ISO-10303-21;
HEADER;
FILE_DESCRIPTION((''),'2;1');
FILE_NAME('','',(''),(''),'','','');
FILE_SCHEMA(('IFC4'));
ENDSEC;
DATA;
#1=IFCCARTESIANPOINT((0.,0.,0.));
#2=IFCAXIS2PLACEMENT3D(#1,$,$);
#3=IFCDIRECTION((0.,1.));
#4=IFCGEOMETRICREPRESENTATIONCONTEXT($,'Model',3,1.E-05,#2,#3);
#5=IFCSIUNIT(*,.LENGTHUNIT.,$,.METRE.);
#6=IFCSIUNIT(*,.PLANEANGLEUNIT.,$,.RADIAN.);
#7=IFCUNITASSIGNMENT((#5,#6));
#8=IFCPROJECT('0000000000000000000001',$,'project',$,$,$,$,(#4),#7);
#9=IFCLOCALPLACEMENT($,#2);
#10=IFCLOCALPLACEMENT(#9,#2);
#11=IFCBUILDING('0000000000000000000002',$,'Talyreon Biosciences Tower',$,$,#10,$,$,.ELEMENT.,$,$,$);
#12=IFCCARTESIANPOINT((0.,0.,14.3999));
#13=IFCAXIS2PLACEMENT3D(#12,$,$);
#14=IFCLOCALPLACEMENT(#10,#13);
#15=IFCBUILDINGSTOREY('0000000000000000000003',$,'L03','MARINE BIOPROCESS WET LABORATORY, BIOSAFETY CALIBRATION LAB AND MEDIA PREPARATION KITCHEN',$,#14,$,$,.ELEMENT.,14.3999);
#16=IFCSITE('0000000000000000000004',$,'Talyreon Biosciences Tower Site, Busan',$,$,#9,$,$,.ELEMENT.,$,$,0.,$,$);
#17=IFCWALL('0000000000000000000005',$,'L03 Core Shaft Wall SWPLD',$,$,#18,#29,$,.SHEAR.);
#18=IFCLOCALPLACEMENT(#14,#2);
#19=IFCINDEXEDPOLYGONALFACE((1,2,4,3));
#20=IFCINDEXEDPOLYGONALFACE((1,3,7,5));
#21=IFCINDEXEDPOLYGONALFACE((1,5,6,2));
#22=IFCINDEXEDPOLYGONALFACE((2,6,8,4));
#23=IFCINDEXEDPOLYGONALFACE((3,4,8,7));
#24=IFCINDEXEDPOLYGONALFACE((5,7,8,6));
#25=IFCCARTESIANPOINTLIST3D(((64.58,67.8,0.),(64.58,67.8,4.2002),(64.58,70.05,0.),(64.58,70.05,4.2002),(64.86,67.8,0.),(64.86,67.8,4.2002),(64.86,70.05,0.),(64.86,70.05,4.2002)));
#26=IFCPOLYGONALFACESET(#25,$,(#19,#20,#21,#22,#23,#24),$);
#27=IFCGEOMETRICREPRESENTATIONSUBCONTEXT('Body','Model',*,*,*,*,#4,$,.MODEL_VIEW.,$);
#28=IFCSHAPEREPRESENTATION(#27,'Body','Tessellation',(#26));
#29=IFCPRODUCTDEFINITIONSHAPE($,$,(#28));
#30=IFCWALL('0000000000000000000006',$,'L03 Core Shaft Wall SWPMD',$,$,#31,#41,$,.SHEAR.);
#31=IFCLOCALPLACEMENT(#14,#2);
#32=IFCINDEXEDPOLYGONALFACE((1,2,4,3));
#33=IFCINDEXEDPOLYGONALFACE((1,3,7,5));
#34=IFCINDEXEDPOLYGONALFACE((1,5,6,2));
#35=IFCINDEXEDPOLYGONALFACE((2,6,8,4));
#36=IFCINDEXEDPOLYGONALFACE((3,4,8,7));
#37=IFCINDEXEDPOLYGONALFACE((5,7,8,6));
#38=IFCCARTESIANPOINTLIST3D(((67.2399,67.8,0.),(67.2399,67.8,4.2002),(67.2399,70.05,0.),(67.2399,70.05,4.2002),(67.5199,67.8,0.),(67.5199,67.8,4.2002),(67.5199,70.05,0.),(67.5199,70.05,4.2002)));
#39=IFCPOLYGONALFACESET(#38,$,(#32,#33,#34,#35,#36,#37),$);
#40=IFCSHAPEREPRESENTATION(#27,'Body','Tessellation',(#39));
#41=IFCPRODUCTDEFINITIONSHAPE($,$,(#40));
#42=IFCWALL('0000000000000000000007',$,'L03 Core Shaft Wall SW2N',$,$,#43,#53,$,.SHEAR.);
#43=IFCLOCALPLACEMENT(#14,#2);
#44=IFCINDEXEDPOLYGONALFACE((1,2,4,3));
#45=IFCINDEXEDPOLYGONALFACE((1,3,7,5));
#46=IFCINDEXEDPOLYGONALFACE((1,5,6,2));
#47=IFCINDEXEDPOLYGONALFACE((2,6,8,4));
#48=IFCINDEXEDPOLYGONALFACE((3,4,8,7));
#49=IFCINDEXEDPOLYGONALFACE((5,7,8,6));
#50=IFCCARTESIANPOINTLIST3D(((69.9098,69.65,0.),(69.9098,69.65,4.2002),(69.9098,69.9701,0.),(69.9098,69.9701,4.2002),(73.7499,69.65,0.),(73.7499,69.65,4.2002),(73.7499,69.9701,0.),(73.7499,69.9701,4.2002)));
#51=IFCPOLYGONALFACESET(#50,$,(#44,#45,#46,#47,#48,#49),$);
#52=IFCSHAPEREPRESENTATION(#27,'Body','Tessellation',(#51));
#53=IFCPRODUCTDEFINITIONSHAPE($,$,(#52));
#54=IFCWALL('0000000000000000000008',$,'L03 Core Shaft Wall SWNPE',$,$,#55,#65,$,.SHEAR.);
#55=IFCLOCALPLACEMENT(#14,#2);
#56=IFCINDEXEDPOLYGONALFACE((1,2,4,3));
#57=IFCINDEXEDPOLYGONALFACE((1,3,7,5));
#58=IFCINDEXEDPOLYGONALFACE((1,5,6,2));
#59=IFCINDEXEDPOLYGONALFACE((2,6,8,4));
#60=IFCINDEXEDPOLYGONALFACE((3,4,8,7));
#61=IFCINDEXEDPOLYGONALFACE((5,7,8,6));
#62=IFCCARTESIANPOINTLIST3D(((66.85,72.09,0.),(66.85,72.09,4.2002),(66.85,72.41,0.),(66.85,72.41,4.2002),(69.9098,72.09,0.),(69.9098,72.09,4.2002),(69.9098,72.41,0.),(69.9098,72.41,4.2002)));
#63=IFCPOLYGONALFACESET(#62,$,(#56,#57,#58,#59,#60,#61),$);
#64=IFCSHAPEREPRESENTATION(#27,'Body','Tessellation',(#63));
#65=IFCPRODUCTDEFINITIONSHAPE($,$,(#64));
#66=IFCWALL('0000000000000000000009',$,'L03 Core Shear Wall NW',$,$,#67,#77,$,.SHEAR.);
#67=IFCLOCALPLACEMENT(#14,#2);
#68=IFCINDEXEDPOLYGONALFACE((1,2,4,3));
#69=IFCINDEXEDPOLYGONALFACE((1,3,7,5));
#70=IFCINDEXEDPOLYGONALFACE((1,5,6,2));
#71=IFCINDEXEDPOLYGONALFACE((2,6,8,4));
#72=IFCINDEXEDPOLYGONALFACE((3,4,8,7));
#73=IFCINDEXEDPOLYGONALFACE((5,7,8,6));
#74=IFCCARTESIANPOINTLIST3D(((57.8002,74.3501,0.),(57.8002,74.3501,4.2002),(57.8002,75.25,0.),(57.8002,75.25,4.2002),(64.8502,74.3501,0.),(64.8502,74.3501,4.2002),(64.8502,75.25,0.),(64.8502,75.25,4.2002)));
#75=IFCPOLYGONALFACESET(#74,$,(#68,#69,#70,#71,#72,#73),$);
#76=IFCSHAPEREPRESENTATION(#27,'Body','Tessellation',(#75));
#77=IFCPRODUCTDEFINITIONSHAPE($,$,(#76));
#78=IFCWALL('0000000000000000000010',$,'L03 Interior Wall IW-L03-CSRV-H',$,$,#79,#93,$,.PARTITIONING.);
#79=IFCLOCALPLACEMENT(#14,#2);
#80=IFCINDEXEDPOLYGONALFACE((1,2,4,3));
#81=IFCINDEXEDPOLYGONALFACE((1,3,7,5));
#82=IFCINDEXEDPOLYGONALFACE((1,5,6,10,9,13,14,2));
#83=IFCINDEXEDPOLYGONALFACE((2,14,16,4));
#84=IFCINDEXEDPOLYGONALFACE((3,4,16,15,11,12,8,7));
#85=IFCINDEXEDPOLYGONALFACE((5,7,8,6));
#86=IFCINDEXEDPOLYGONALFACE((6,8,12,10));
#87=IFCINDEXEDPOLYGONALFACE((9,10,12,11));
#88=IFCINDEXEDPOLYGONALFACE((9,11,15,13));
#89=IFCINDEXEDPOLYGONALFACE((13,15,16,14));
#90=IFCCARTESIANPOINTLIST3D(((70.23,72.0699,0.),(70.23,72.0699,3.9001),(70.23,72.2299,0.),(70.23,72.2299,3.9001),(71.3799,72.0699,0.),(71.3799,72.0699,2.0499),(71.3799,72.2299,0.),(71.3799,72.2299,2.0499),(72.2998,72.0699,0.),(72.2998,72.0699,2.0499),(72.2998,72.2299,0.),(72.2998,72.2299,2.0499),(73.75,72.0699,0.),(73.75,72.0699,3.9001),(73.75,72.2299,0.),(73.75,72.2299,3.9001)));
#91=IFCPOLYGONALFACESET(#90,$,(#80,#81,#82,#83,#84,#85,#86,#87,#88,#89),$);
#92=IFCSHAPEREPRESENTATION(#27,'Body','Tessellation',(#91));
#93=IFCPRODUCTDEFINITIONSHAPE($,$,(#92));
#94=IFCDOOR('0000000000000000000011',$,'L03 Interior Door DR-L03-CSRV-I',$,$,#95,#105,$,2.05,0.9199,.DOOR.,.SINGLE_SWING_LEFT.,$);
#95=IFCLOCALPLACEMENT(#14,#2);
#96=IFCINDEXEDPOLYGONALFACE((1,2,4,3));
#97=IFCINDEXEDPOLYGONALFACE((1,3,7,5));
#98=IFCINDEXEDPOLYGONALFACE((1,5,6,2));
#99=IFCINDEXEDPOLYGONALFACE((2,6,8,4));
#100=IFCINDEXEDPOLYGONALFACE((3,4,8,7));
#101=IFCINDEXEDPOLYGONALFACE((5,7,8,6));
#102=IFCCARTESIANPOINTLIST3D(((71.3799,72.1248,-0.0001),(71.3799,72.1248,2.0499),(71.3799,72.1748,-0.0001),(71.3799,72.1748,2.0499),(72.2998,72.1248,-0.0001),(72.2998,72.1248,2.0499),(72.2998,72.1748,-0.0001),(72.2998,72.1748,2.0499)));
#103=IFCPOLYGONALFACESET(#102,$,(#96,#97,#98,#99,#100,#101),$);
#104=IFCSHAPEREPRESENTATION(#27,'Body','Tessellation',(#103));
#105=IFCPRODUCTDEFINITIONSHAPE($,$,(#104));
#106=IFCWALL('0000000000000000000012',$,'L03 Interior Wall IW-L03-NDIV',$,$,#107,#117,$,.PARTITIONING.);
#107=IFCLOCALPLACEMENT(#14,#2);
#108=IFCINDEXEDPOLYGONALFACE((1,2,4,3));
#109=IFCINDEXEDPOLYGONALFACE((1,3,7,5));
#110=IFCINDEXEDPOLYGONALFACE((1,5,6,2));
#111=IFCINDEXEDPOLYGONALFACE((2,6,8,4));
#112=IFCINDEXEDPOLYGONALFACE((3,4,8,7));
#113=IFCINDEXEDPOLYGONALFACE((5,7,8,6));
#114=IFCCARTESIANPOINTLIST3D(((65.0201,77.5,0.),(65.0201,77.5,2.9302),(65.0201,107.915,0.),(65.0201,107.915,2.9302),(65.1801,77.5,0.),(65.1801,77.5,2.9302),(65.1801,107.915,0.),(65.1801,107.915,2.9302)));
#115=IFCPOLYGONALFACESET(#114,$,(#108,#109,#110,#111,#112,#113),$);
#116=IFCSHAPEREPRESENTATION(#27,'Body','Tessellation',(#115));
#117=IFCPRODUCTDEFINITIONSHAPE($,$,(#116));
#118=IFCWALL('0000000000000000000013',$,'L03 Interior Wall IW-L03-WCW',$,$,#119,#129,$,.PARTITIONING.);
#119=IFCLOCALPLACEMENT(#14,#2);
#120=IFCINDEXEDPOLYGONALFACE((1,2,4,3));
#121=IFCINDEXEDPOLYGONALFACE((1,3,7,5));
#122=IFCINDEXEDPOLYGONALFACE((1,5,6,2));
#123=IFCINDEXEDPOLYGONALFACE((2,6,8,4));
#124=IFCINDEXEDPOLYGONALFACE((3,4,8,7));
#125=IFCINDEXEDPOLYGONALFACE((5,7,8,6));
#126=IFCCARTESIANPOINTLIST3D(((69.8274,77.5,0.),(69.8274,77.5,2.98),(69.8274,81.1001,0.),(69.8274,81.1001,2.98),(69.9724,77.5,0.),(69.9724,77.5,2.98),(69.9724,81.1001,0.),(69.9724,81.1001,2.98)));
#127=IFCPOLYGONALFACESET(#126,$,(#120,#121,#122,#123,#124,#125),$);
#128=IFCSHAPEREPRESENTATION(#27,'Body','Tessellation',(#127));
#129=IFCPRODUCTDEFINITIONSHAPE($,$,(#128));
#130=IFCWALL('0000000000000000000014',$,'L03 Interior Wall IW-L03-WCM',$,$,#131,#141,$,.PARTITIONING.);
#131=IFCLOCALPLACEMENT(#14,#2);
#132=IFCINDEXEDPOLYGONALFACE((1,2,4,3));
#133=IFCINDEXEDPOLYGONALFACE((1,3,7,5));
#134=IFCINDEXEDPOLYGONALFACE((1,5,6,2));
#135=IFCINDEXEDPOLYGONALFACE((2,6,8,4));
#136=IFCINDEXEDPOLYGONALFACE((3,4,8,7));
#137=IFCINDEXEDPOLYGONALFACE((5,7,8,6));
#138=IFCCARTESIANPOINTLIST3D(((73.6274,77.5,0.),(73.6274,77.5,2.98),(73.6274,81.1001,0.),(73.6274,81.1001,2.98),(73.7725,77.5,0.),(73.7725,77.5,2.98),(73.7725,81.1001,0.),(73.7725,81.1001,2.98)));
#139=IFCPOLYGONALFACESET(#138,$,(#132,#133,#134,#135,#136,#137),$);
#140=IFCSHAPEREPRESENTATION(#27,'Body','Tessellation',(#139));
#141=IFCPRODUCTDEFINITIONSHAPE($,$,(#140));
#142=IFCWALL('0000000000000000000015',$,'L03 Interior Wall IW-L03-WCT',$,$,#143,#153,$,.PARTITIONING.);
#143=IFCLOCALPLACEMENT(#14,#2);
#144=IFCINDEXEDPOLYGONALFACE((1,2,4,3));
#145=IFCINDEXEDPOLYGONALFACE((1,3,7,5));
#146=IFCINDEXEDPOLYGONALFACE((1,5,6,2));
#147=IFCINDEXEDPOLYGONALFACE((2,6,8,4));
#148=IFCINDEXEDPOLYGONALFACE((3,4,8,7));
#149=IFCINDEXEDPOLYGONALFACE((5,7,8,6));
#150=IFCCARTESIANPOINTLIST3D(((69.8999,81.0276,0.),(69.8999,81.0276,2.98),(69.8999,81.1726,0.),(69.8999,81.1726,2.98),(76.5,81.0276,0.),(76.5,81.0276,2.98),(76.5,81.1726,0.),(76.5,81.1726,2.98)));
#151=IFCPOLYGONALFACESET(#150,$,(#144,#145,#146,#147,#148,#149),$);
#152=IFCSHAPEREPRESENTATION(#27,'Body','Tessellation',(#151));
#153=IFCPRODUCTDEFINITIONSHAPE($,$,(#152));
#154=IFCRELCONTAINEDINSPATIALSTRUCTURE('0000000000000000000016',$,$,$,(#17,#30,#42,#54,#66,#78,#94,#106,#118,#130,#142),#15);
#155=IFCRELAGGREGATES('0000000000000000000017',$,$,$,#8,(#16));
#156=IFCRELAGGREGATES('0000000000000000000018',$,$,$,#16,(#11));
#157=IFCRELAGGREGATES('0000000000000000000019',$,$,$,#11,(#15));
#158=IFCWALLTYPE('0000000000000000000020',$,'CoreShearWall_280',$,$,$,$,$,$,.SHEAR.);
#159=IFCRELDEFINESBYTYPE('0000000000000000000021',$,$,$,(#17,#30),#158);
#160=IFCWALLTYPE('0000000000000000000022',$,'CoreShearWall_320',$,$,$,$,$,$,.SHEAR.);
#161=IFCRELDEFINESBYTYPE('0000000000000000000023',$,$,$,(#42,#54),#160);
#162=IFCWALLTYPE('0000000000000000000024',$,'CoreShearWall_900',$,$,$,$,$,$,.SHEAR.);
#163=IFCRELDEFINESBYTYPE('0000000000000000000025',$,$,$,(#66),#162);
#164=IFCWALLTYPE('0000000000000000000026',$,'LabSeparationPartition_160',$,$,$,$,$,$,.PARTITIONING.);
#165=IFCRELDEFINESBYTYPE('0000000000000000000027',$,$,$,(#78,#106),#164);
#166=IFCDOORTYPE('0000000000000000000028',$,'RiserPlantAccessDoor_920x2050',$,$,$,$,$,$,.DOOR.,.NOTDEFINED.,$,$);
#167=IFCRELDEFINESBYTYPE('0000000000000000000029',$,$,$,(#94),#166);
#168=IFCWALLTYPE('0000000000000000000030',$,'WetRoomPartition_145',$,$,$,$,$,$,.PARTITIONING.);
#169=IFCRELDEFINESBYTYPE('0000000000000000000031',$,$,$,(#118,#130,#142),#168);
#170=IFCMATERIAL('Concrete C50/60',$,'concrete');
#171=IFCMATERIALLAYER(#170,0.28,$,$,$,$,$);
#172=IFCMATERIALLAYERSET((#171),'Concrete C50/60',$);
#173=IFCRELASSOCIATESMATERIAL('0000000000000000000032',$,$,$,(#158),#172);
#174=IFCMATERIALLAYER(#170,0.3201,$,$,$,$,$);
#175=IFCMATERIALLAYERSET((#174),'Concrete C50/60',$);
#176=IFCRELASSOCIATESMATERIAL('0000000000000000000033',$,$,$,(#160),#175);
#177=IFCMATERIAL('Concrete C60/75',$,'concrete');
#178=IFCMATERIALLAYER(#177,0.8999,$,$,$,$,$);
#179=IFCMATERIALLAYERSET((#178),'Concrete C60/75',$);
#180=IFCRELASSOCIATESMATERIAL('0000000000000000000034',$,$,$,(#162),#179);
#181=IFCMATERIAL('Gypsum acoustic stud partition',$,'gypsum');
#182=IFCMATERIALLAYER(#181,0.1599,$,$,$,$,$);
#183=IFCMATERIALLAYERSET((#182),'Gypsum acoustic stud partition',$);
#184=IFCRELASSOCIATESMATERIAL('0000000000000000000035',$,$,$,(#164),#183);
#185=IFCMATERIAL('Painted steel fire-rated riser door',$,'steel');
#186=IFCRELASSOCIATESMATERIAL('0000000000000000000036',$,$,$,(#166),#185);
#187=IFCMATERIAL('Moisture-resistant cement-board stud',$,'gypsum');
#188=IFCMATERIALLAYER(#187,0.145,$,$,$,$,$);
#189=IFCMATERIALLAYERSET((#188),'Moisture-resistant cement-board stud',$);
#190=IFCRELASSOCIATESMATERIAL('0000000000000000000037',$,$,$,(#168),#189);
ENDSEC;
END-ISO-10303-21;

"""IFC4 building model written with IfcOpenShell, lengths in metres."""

from ifc_helpers import new_model, si_unit, direction, frame, frame_2d, origin, place, context, subcontext, project, spatial, rectangle, extrude, material, layer, layer_set, type_object, element, fill, save


model = new_model("IFC4")

# Units and contexts
model_context = context("Model", 3, precision=1e-05, world=origin(), true_north=direction((0.0, 1.0)))
body_context = subcontext(model_context, "Body", "Model", "MODEL_VIEW")
ifc_project = project(units=[si_unit("LENGTHUNIT", "METRE"), si_unit("PLANEANGLEUNIT", "RADIAN")], contexts=[model_context])

# Site, building, storey
site_placement = place(None, origin())
site = spatial("IfcSite", under=ifc_project, at=site_placement, Name="Talyreon Biosciences Tower Site, Busan", CompositionType="ELEMENT", RefElevation=0.0)
building_placement = place(site_placement, origin())
building = spatial("IfcBuilding", under=site, at=building_placement, Name="Talyreon Biosciences Tower", CompositionType="ELEMENT")
storey_placement = place(building_placement, frame((0.0, 0.0, 14.3999)))
storey = spatial("IfcBuildingStorey", under=building, at=storey_placement, Name="L03", Description="MARINE BIOPROCESS WET LABORATORY, BIOSAFETY CALIBRATION LAB AND MEDIA PREPARATION KITCHEN", CompositionType="ELEMENT", Elevation=14.3999)

# Shared definitions
ifc_material_1 = material(Name="Concrete C60/75", Category="concrete")

# Shared definitions
ifc_material_2 = material(Name="Concrete C50/60", Category="concrete")

# Walls
ifc_layer_1 = layer(ifc_material_2, 0.28)
ifc_layer_set_1 = layer_set([ifc_layer_1], Name="Concrete C50/60")
wall_type_1 = type_object("IfcWallType", Name="CoreShearWall_280", PredefinedType="SHEAR", material=ifc_layer_set_1)
for number, where, z_axis, x_axis, name in (
    (1, (64.72, 67.8, 0.0), (0.0, 0.0, 1.0), (0.0, 1.0, 0.0), "L03 Core Shaft Wall SWPLD"),
    (2, (67.3799, 67.8, 0.0), (0.0, 0.0, 1.0), (0.0, 1.0, 0.0), "L03 Core Shaft Wall SWPMD"),
):
    element("IfcWall", number, at=place(storey_placement, frame(where, z_axis=z_axis, x_axis=x_axis)), inside=storey, type_object=wall_type_1, Name=name, PredefinedType="SHEAR", context=body_context, shape_type="SweptSolid", body=[
        extrude(rectangle(XDim=2.25, YDim=0.28, at=frame_2d((1.125, 0.0))), origin(), (0.0, 0.0, 1.0), 4.2002),
    ])
ifc_layer_2 = layer(ifc_material_2, 0.3201)
ifc_layer_set_2 = layer_set([ifc_layer_2], Name="Concrete C50/60")
wall_type_2 = type_object("IfcWallType", Name="CoreShearWall_320", PredefinedType="SHEAR", material=ifc_layer_set_2)
wall_1_placement = place(storey_placement, frame((69.9099, 69.8101, 0.0), z_axis=(0.0, 0.0, 1.0), x_axis=(1.0, 0.0, 0.0)))
element("IfcWall", 3, at=wall_1_placement, inside=storey, type_object=wall_type_2, Name="L03 Core Shaft Wall SW2N", PredefinedType="SHEAR", context=body_context, shape_type="SweptSolid", body=[
    extrude(rectangle(XDim=3.8401, YDim=0.3201, at=frame_2d((1.9199, 0.0))), origin(), (0.0, 0.0, 1.0), 4.2002),
])
wall_2_placement = place(storey_placement, frame((66.8501, 72.25, 0.0), z_axis=(0.0, 0.0, 1.0), x_axis=(1.0, 0.0, 0.0)))
element("IfcWall", 4, at=wall_2_placement, inside=storey, type_object=wall_type_2, Name="L03 Core Shaft Wall SWNPE", PredefinedType="SHEAR", context=body_context, shape_type="SweptSolid", body=[
    extrude(rectangle(XDim=3.0598, YDim=0.3201, at=frame_2d((1.5298, 0.0))), origin(), (0.0, 0.0, 1.0), 4.2002),
])
ifc_layer_3 = layer(ifc_material_1, 0.8999)
ifc_layer_set_3 = layer_set([ifc_layer_3], Name="Concrete C60/75")
wall_type_3 = type_object("IfcWallType", Name="CoreShearWall_900", PredefinedType="SHEAR", material=ifc_layer_set_3)
wall_3_placement = place(storey_placement, frame((64.8501, 74.8, 0.0), z_axis=(0.0, 0.0, 1.0), x_axis=(-1.0, 0.0, 0.0)))
element("IfcWall", 5, at=wall_3_placement, inside=storey, type_object=wall_type_3, Name="L03 Core Shear Wall NW", PredefinedType="SHEAR", context=body_context, shape_type="SweptSolid", body=[
    extrude(rectangle(XDim=7.05, YDim=0.8999, at=frame_2d((3.5249, 0.0))), origin(), (0.0, 0.0, 1.0), 4.2002),
])

# Wall, opening, door
ifc_material_3 = material(Name="Gypsum acoustic stud partition", Category="gypsum")
ifc_layer_4 = layer(ifc_material_3, 0.1599)
ifc_layer_set_4 = layer_set([ifc_layer_4], Name="Gypsum acoustic stud partition")
wall_type_4 = type_object("IfcWallType", Name="LabSeparationPartition_160", PredefinedType="PARTITIONING", material=ifc_layer_set_4)
wall_4_placement = place(storey_placement, frame((70.23, 72.1499, 0.0), z_axis=(0.0, 0.0, 1.0), x_axis=(1.0, 0.0, 0.0)))
wall_4 = element("IfcWall", 6, at=wall_4_placement, inside=storey, type_object=wall_type_4, Name="L03 Interior Wall IW-L03-CSRV-H", PredefinedType="PARTITIONING", context=body_context, shape_type="SweptSolid", body=[
    extrude(rectangle(XDim=3.52, YDim=0.1599, at=frame_2d((1.76, 0.0))), origin(), (0.0, 0.0, 1.0), 3.9001),
])
opening_placement = place(wall_4_placement, frame((1.1499, 0.0, 0.0)))
opening = element("IfcOpeningElement", 7, at=opening_placement, cuts=wall_4, PredefinedType="OPENING", context=body_context, shape_type="SweptSolid", body=[
    extrude(rectangle(XDim=0.9199, YDim=2.05, at=frame_2d((0.46, 1.0249))), frame((0.0, 0.0898, 0.0), z_axis=(0.0, -1.0, 0.0), x_axis=(1.0, 0.0, 0.0)), (0.0, 0.0, 1.0), 0.1799),
])
ifc_material_4 = material(Name="Painted steel fire-rated riser door", Category="steel")
door_type = type_object("IfcDoorType", Name="RiserPlantAccessDoor_920x2050", OperationType="NOTDEFINED", PredefinedType="DOOR", material=ifc_material_4)
door_placement = place(opening_placement, origin())
door = element("IfcDoor", 8, at=door_placement, inside=storey, type_object=door_type, Name="L03 Interior Door DR-L03-CSRV-I", OperationType="SINGLE_SWING_LEFT", OverallHeight=2.05, OverallWidth=0.9199, PredefinedType="DOOR", context=body_context, shape_type="SweptSolid", body=[
    extrude(rectangle(XDim=0.9199, YDim=2.05, at=frame_2d((0.46, 1.0249))), frame((0.0, 0.0249, 0.0), z_axis=(0.0, -1.0, 0.0), x_axis=(1.0, 0.0, 0.0)), (0.0, 0.0, 1.0), 0.05),
])
fill(opening, door)

# Walls
wall_5_placement = place(storey_placement, frame((65.1001, 77.5, 0.0), z_axis=(0.0, 0.0, 1.0), x_axis=(0.0, 1.0, 0.0)))
element("IfcWall", 9, at=wall_5_placement, inside=storey, type_object=wall_type_4, Name="L03 Interior Wall IW-L03-NDIV", PredefinedType="PARTITIONING", context=body_context, shape_type="SweptSolid", body=[
    extrude(rectangle(XDim=30.415, YDim=0.1599, at=frame_2d((15.2075, 0.0))), origin(), (0.0, 0.0, 1.0), 2.9302),
])
ifc_material_5 = material(Name="Moisture-resistant cement-board stud", Category="gypsum")
ifc_layer_5 = layer(ifc_material_5, 0.145)
ifc_layer_set_5 = layer_set([ifc_layer_5], Name="Moisture-resistant cement-board stud")
wall_type_5 = type_object("IfcWallType", Name="WetRoomPartition_145", PredefinedType="PARTITIONING", material=ifc_layer_set_5)
for number, where, z_axis, x_axis, name in (
    (10, (69.8999, 77.5, 0.0), (0.0, 0.0, 1.0), (0.0, 1.0, 0.0), "L03 Interior Wall IW-L03-WCW"),
    (11, (73.7, 77.5, 0.0), (0.0, 0.0, 1.0), (0.0, 1.0, 0.0), "L03 Interior Wall IW-L03-WCM"),
):
    element("IfcWall", number, at=place(storey_placement, frame(where, z_axis=z_axis, x_axis=x_axis)), inside=storey, type_object=wall_type_5, Name=name, PredefinedType="PARTITIONING", context=body_context, shape_type="SweptSolid", body=[
        extrude(rectangle(XDim=3.6001, YDim=0.145, at=frame_2d((1.8, 0.0))), origin(), (0.0, 0.0, 1.0), 2.98),
    ])
wall_6_placement = place(storey_placement, frame((69.8999, 81.1001, 0.0), z_axis=(0.0, 0.0, 1.0), x_axis=(1.0, 0.0, 0.0)))
element("IfcWall", 12, at=wall_6_placement, inside=storey, type_object=wall_type_5, Name="L03 Interior Wall IW-L03-WCT", PredefinedType="PARTITIONING", context=body_context, shape_type="SweptSolid", body=[
    extrude(rectangle(XDim=6.6001, YDim=0.145, at=frame_2d((3.3, 0.0))), origin(), (0.0, 0.0, 1.0), 2.98),
])

save(model, "model.ifc")
